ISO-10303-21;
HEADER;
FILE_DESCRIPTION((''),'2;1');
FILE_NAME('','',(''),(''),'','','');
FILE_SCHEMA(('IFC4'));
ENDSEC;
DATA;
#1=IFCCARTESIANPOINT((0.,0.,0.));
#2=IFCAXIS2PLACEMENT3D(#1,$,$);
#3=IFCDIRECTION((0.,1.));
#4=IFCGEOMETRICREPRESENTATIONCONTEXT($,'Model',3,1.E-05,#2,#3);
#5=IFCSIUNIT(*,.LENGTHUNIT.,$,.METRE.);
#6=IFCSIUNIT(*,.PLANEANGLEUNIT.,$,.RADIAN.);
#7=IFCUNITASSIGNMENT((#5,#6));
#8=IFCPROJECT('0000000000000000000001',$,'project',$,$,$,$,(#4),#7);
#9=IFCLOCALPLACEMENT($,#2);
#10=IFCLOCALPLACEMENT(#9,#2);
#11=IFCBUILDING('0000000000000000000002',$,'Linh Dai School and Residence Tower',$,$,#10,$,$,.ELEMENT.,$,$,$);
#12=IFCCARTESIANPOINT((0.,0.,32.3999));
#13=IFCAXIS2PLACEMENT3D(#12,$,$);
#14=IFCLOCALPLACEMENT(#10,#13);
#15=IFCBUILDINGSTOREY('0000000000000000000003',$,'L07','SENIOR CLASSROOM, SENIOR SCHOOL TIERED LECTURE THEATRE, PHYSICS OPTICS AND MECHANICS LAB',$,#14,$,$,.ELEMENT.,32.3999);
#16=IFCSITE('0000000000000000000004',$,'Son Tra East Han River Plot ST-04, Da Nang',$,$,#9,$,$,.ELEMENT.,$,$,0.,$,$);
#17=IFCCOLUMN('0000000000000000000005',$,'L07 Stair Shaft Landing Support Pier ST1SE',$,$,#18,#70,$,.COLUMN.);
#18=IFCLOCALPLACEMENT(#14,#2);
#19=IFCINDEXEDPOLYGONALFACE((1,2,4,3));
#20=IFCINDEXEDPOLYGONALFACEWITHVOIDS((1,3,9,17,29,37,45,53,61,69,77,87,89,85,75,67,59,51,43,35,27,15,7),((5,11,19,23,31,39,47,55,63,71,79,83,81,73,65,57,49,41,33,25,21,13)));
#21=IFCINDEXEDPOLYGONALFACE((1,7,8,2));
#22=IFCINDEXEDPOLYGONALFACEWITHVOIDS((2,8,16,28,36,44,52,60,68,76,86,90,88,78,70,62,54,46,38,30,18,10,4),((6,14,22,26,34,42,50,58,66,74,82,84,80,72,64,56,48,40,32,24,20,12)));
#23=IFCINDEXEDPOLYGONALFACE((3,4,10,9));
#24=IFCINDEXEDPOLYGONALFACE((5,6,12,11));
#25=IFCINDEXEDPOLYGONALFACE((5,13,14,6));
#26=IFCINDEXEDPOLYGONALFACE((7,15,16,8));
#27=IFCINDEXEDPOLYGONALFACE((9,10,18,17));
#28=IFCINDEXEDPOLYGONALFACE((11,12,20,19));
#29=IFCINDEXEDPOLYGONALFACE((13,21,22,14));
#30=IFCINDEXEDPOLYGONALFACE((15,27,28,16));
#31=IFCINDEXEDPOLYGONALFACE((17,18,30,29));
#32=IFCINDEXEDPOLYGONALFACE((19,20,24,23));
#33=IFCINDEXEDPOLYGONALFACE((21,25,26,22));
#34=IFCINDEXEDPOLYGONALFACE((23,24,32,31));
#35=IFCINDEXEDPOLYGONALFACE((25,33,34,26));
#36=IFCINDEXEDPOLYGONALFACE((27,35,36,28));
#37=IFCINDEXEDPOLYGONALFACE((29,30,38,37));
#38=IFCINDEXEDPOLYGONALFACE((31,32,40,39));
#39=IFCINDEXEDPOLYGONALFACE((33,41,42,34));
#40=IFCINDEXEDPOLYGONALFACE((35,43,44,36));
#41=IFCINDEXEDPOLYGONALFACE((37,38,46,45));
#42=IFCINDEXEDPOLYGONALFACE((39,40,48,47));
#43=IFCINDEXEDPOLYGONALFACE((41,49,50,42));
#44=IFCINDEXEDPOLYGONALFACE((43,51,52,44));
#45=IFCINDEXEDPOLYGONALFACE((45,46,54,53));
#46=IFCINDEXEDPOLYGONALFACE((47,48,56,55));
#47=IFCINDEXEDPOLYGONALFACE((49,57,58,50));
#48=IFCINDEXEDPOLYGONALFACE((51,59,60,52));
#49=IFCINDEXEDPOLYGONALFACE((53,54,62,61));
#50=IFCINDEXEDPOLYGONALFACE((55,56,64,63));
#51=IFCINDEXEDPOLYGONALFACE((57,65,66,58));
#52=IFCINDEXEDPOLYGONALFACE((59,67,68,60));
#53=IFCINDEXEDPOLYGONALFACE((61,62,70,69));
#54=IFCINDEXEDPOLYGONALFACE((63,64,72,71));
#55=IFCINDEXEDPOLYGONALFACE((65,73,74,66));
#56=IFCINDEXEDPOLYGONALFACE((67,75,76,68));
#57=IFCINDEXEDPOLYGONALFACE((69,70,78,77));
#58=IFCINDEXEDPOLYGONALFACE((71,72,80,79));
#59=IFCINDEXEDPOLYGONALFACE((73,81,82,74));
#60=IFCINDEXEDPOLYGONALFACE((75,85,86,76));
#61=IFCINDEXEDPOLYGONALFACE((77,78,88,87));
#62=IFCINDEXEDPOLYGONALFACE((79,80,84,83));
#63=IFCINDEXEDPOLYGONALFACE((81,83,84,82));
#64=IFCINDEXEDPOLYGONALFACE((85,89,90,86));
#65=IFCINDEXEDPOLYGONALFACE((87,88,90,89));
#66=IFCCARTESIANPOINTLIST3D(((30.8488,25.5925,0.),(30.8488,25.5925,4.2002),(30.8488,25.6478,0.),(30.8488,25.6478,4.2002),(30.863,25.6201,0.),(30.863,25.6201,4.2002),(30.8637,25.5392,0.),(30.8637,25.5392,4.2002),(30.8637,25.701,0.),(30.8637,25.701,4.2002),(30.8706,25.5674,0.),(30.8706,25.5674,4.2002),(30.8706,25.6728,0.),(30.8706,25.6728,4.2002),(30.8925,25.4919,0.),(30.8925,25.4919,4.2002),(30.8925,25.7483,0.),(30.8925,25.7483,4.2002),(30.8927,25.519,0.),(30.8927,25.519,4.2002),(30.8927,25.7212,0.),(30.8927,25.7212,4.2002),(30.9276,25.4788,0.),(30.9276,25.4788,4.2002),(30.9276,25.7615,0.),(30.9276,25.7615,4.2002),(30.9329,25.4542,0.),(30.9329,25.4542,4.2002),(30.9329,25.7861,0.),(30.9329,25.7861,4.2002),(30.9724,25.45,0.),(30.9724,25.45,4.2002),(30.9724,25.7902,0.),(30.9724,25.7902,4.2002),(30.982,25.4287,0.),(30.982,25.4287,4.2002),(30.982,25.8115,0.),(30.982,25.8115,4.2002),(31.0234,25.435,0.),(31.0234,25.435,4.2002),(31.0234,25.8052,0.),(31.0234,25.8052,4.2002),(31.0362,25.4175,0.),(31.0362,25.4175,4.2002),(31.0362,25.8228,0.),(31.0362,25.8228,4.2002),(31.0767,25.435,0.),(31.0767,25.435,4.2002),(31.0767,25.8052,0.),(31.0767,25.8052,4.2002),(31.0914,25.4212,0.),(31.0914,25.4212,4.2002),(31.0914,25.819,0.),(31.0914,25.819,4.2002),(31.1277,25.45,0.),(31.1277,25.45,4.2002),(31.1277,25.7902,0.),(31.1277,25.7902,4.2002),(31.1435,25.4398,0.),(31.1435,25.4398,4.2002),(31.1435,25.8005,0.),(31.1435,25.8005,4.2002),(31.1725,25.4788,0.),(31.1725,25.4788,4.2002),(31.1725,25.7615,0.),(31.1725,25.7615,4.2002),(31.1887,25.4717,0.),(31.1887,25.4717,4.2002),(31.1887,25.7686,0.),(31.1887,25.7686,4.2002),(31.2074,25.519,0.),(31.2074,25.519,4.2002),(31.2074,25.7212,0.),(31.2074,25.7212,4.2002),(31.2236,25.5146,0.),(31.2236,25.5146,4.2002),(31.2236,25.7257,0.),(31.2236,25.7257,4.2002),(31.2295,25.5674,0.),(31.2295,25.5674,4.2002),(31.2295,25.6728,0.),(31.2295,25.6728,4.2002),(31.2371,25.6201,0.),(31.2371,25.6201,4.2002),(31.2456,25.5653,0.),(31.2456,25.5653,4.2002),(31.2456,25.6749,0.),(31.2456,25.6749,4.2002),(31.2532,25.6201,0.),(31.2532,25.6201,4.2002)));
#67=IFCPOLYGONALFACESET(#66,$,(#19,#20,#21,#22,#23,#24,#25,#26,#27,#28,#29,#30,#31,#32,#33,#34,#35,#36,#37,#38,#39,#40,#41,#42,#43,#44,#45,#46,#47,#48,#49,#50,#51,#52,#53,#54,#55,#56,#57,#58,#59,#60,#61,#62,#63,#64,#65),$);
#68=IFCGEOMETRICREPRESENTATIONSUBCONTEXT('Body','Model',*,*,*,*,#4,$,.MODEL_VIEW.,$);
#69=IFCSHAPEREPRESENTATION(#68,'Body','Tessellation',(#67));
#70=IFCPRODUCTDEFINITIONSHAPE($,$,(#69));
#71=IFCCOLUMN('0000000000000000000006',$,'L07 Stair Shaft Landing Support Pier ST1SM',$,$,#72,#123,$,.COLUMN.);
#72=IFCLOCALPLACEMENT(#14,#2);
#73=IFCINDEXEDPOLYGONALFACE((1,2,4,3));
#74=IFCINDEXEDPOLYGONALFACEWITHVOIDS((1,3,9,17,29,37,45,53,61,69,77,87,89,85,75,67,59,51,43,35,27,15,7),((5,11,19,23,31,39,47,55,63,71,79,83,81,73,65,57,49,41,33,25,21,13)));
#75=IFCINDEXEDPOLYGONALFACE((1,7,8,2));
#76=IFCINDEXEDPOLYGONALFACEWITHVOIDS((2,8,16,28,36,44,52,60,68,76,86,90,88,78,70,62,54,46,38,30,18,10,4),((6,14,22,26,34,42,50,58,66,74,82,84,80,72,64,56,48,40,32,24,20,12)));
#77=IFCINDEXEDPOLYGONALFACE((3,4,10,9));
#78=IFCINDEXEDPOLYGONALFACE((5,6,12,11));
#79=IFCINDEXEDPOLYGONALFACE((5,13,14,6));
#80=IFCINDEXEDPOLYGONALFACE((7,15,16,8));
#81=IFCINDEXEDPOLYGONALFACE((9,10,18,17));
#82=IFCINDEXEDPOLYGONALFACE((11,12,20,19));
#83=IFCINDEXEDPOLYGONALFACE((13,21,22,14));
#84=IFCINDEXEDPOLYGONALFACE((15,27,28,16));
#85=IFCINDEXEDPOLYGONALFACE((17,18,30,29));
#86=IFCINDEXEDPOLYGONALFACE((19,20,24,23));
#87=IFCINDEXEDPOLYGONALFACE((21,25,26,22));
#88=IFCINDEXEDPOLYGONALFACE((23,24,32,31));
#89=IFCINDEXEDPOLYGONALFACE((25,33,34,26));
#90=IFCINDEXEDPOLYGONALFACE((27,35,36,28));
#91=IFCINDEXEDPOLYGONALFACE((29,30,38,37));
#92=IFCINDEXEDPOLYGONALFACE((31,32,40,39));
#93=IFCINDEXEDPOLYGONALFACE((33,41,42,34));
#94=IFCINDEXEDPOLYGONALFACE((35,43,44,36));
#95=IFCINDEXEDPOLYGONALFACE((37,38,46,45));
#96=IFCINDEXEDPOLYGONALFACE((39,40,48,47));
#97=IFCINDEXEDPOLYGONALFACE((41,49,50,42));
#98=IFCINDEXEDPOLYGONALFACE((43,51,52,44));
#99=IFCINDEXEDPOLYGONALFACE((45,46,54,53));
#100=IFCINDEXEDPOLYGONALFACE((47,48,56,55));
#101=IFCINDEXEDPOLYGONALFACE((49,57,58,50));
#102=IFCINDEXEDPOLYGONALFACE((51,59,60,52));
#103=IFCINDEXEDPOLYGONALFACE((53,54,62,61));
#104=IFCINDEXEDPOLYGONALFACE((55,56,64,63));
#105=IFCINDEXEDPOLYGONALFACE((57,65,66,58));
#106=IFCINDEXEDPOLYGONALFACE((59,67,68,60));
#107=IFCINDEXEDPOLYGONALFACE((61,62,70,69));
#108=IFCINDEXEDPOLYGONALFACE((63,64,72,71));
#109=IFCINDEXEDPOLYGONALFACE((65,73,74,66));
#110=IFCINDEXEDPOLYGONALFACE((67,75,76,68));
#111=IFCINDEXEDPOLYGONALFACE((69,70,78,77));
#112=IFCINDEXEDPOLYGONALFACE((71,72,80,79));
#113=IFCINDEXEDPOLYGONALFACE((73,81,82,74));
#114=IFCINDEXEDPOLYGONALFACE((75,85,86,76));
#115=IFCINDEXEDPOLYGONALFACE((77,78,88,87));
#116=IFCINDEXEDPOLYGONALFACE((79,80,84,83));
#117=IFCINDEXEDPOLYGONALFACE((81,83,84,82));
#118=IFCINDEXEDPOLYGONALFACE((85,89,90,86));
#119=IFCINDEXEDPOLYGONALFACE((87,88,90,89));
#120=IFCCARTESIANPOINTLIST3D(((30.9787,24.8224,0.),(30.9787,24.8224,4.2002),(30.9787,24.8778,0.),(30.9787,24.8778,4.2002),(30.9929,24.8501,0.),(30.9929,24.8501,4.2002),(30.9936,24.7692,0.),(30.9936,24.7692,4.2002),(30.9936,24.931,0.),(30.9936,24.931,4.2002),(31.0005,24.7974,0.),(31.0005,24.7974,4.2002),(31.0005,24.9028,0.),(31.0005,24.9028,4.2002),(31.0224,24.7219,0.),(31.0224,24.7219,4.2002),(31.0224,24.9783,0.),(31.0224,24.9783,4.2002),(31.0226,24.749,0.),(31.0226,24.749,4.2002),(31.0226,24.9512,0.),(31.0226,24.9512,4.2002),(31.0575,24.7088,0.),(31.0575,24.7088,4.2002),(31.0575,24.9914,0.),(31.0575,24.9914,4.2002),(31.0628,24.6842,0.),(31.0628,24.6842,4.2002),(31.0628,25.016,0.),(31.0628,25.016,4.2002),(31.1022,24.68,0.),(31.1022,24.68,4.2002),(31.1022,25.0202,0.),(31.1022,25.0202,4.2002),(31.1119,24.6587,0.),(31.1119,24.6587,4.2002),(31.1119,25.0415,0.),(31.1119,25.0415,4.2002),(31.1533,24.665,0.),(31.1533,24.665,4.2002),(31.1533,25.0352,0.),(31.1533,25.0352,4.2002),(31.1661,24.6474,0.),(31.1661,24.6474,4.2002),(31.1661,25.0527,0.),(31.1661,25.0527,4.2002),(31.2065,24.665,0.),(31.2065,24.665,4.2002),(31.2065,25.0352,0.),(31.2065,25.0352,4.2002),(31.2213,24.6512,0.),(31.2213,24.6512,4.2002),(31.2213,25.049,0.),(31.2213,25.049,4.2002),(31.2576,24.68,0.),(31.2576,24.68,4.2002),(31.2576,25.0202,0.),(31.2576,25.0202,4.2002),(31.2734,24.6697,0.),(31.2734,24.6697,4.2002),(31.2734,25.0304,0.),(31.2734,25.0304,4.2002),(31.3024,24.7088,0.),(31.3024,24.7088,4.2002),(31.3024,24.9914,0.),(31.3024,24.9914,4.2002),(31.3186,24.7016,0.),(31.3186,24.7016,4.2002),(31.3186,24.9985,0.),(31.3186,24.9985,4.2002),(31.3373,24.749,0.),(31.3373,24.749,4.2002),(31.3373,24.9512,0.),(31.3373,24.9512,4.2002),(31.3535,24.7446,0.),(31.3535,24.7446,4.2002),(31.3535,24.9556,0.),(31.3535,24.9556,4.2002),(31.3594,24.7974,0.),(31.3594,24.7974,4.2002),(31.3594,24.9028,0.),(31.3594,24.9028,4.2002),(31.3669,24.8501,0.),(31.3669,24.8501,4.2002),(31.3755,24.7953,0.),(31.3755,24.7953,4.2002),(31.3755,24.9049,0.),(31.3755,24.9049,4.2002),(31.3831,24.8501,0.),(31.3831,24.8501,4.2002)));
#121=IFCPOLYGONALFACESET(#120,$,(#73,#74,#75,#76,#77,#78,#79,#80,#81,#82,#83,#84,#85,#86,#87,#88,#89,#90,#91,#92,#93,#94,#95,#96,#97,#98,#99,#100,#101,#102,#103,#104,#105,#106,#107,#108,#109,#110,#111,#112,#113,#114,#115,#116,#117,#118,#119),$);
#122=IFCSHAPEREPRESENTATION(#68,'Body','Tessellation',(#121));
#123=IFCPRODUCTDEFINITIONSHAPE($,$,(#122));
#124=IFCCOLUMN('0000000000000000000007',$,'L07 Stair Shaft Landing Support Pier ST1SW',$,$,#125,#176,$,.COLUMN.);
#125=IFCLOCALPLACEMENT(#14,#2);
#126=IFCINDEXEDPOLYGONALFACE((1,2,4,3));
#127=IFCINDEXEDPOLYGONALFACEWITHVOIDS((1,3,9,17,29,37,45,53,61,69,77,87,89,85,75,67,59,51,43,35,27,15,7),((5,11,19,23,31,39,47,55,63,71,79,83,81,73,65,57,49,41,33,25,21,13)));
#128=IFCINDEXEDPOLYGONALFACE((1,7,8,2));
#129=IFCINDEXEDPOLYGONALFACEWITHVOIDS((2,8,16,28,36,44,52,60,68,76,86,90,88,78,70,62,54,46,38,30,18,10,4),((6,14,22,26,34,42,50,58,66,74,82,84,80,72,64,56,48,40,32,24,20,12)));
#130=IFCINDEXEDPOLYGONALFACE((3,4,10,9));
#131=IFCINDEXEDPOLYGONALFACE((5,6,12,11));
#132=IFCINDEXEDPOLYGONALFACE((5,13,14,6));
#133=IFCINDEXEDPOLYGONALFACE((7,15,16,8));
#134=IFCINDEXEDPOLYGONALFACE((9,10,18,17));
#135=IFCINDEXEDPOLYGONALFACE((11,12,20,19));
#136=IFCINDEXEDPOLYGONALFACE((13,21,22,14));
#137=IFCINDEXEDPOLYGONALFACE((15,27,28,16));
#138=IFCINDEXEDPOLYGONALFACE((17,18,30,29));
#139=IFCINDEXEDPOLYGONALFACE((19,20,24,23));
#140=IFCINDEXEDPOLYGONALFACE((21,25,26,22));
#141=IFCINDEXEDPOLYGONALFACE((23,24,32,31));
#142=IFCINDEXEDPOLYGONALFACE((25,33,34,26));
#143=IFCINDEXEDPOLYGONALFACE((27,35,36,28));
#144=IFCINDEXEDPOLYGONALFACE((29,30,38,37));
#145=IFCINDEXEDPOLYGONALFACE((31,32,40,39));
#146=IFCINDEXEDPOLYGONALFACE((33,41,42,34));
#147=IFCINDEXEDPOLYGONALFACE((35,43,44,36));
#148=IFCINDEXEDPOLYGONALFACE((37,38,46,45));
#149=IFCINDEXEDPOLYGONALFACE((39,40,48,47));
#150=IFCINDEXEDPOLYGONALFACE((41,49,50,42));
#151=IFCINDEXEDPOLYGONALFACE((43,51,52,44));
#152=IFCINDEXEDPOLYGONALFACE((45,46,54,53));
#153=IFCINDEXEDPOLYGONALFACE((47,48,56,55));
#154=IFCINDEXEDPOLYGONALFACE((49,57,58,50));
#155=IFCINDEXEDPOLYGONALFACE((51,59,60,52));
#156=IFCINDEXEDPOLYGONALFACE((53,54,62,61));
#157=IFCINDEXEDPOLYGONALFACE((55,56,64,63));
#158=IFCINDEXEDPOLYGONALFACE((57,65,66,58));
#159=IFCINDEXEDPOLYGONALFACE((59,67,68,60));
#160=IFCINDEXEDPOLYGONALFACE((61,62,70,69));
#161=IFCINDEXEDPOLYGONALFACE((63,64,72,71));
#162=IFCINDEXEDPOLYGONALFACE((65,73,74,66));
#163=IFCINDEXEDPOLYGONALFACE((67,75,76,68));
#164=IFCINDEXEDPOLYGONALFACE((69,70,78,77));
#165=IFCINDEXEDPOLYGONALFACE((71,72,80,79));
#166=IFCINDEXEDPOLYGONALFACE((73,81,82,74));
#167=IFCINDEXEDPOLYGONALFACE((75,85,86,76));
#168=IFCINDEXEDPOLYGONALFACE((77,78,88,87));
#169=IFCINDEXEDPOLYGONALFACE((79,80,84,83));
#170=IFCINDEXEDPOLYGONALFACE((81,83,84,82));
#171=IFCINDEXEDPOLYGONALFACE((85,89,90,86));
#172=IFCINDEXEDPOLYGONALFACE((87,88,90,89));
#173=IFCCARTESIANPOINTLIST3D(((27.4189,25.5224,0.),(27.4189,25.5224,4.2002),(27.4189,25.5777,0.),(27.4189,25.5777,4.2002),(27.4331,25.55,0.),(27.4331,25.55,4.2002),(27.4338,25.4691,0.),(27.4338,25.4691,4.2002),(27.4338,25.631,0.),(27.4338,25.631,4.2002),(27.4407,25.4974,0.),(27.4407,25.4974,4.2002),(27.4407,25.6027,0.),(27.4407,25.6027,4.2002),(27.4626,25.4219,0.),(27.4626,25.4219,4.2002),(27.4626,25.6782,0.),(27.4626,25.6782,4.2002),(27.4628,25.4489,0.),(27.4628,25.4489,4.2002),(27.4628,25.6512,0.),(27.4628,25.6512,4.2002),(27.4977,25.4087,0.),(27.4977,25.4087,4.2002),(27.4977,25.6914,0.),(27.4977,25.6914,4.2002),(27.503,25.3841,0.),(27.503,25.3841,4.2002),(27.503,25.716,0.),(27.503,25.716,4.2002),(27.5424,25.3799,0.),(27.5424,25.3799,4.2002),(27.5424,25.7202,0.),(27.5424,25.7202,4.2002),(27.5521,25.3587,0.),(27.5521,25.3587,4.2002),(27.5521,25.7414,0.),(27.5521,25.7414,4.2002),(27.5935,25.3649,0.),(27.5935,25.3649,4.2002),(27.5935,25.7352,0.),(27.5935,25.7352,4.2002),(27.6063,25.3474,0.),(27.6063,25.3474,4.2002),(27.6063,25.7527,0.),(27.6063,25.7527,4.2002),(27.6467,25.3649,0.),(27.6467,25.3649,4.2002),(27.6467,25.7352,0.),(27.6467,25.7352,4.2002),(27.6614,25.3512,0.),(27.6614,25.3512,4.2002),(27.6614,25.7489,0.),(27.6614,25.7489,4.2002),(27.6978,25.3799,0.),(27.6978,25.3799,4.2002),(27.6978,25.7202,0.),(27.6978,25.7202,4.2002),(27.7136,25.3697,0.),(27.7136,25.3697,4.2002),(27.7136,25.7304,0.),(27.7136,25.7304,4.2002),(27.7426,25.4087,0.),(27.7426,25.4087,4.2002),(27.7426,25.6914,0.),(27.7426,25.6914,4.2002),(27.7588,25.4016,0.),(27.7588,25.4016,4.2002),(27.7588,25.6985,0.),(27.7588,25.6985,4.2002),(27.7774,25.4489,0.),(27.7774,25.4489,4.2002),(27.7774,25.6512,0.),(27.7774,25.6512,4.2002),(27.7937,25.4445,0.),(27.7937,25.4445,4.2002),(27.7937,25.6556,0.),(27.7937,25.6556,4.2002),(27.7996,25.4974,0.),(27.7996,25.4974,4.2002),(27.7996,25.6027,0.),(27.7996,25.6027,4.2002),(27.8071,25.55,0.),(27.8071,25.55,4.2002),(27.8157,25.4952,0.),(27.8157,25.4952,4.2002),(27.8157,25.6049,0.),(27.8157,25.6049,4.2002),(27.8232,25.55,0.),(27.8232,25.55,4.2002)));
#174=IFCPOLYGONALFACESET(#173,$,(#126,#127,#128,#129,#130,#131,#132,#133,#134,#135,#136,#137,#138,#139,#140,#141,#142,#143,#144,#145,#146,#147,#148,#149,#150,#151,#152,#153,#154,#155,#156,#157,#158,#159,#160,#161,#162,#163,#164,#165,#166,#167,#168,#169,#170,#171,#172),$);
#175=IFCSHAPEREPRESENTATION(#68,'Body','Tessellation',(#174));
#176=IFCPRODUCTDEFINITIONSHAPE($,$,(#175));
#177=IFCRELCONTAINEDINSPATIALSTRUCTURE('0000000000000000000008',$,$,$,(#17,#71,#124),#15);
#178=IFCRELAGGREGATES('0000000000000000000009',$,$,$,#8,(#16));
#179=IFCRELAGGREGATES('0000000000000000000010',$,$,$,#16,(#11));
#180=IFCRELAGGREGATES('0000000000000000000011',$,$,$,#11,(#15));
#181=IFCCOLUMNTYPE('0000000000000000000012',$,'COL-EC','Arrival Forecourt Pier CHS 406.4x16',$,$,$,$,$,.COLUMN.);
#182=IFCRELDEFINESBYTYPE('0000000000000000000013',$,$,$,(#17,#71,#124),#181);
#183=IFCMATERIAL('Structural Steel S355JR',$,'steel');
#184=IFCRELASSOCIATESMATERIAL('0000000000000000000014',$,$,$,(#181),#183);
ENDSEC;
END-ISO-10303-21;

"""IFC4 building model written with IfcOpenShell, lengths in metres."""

from ifc_helpers import new_model, si_unit, direction, frame, origin, origin_2d, place, context, subcontext, project, spatial, hollow_circle, extrude, material, material_profile, profile_set, type_object, element, save


model = new_model("IFC4")

# Units and contexts
model_context = context("Model", 3, precision=1e-05, world=origin(), true_north=direction((0.0, 1.0)))
body_context = subcontext(model_context, "Body", "Model", "MODEL_VIEW")
ifc_project = project(units=[si_unit("LENGTHUNIT", "METRE"), si_unit("PLANEANGLEUNIT", "RADIAN")], contexts=[model_context])

# Site, building, storey
site_placement = place(None, origin())
site = spatial("IfcSite", under=ifc_project, at=site_placement, Name="Son Tra East Han River Plot ST-04, Da Nang", CompositionType="ELEMENT", RefElevation=0.0)
building_placement = place(site_placement, origin())
building = spatial("IfcBuilding", under=site, at=building_placement, Name="Linh Dai School and Residence Tower", CompositionType="ELEMENT")
storey_placement = place(building_placement, frame((0.0, 0.0, 32.3999)))
storey = spatial("IfcBuildingStorey", under=building, at=storey_placement, Name="L07", Description="SENIOR CLASSROOM, SENIOR SCHOOL TIERED LECTURE THEATRE, PHYSICS OPTICS AND MECHANICS LAB", CompositionType="ELEMENT", Elevation=32.3999)

# Columns
ifc_material_1 = material(Name="Structural Steel S355JR", Category="steel")
ifc_material_profile_1 = material_profile(ifc_material_1, hollow_circle(Radius=0.2031, WallThickness=0.0161, at=origin_2d()), Name="CHS 406.4x16")
ifc_profile_set_1 = profile_set([ifc_material_profile_1], Name="Structural Steel S355JR")
column_type = type_object("IfcColumnType", Name="COL-EC", Description="Arrival Forecourt Pier CHS 406.4x16", PredefinedType="COLUMN", material=ifc_profile_set_1)
for number, where, z_axis, x_axis, name in (
    (1, (31.05, 25.6201, 0.0), (0.0, 0.0, 1.0), (1.0, 0.0, 0.0), "L07 Stair Shaft Landing Support Pier ST1SE"),
    (2, (31.1799, 24.8501, 0.0), (0.0, 0.0, 1.0), (1.0, 0.0, 0.0), "L07 Stair Shaft Landing Support Pier ST1SM"),
    (3, (27.6201, 25.55, 0.0), (0.0, 0.0, 1.0), (1.0, 0.0, 0.0), "L07 Stair Shaft Landing Support Pier ST1SW"),
):
    element("IfcColumn", number, at=place(storey_placement, frame(where, z_axis=z_axis, x_axis=x_axis)), inside=storey, type_object=column_type, Name=name, PredefinedType="COLUMN", context=body_context, shape_type="SweptSolid", body=[
        extrude(hollow_circle(Radius=0.2031, WallThickness=0.0161, at=origin_2d()), origin(), (0.0, 0.0, 1.0), 4.2002),
    ])

save(model, "model.ifc")
